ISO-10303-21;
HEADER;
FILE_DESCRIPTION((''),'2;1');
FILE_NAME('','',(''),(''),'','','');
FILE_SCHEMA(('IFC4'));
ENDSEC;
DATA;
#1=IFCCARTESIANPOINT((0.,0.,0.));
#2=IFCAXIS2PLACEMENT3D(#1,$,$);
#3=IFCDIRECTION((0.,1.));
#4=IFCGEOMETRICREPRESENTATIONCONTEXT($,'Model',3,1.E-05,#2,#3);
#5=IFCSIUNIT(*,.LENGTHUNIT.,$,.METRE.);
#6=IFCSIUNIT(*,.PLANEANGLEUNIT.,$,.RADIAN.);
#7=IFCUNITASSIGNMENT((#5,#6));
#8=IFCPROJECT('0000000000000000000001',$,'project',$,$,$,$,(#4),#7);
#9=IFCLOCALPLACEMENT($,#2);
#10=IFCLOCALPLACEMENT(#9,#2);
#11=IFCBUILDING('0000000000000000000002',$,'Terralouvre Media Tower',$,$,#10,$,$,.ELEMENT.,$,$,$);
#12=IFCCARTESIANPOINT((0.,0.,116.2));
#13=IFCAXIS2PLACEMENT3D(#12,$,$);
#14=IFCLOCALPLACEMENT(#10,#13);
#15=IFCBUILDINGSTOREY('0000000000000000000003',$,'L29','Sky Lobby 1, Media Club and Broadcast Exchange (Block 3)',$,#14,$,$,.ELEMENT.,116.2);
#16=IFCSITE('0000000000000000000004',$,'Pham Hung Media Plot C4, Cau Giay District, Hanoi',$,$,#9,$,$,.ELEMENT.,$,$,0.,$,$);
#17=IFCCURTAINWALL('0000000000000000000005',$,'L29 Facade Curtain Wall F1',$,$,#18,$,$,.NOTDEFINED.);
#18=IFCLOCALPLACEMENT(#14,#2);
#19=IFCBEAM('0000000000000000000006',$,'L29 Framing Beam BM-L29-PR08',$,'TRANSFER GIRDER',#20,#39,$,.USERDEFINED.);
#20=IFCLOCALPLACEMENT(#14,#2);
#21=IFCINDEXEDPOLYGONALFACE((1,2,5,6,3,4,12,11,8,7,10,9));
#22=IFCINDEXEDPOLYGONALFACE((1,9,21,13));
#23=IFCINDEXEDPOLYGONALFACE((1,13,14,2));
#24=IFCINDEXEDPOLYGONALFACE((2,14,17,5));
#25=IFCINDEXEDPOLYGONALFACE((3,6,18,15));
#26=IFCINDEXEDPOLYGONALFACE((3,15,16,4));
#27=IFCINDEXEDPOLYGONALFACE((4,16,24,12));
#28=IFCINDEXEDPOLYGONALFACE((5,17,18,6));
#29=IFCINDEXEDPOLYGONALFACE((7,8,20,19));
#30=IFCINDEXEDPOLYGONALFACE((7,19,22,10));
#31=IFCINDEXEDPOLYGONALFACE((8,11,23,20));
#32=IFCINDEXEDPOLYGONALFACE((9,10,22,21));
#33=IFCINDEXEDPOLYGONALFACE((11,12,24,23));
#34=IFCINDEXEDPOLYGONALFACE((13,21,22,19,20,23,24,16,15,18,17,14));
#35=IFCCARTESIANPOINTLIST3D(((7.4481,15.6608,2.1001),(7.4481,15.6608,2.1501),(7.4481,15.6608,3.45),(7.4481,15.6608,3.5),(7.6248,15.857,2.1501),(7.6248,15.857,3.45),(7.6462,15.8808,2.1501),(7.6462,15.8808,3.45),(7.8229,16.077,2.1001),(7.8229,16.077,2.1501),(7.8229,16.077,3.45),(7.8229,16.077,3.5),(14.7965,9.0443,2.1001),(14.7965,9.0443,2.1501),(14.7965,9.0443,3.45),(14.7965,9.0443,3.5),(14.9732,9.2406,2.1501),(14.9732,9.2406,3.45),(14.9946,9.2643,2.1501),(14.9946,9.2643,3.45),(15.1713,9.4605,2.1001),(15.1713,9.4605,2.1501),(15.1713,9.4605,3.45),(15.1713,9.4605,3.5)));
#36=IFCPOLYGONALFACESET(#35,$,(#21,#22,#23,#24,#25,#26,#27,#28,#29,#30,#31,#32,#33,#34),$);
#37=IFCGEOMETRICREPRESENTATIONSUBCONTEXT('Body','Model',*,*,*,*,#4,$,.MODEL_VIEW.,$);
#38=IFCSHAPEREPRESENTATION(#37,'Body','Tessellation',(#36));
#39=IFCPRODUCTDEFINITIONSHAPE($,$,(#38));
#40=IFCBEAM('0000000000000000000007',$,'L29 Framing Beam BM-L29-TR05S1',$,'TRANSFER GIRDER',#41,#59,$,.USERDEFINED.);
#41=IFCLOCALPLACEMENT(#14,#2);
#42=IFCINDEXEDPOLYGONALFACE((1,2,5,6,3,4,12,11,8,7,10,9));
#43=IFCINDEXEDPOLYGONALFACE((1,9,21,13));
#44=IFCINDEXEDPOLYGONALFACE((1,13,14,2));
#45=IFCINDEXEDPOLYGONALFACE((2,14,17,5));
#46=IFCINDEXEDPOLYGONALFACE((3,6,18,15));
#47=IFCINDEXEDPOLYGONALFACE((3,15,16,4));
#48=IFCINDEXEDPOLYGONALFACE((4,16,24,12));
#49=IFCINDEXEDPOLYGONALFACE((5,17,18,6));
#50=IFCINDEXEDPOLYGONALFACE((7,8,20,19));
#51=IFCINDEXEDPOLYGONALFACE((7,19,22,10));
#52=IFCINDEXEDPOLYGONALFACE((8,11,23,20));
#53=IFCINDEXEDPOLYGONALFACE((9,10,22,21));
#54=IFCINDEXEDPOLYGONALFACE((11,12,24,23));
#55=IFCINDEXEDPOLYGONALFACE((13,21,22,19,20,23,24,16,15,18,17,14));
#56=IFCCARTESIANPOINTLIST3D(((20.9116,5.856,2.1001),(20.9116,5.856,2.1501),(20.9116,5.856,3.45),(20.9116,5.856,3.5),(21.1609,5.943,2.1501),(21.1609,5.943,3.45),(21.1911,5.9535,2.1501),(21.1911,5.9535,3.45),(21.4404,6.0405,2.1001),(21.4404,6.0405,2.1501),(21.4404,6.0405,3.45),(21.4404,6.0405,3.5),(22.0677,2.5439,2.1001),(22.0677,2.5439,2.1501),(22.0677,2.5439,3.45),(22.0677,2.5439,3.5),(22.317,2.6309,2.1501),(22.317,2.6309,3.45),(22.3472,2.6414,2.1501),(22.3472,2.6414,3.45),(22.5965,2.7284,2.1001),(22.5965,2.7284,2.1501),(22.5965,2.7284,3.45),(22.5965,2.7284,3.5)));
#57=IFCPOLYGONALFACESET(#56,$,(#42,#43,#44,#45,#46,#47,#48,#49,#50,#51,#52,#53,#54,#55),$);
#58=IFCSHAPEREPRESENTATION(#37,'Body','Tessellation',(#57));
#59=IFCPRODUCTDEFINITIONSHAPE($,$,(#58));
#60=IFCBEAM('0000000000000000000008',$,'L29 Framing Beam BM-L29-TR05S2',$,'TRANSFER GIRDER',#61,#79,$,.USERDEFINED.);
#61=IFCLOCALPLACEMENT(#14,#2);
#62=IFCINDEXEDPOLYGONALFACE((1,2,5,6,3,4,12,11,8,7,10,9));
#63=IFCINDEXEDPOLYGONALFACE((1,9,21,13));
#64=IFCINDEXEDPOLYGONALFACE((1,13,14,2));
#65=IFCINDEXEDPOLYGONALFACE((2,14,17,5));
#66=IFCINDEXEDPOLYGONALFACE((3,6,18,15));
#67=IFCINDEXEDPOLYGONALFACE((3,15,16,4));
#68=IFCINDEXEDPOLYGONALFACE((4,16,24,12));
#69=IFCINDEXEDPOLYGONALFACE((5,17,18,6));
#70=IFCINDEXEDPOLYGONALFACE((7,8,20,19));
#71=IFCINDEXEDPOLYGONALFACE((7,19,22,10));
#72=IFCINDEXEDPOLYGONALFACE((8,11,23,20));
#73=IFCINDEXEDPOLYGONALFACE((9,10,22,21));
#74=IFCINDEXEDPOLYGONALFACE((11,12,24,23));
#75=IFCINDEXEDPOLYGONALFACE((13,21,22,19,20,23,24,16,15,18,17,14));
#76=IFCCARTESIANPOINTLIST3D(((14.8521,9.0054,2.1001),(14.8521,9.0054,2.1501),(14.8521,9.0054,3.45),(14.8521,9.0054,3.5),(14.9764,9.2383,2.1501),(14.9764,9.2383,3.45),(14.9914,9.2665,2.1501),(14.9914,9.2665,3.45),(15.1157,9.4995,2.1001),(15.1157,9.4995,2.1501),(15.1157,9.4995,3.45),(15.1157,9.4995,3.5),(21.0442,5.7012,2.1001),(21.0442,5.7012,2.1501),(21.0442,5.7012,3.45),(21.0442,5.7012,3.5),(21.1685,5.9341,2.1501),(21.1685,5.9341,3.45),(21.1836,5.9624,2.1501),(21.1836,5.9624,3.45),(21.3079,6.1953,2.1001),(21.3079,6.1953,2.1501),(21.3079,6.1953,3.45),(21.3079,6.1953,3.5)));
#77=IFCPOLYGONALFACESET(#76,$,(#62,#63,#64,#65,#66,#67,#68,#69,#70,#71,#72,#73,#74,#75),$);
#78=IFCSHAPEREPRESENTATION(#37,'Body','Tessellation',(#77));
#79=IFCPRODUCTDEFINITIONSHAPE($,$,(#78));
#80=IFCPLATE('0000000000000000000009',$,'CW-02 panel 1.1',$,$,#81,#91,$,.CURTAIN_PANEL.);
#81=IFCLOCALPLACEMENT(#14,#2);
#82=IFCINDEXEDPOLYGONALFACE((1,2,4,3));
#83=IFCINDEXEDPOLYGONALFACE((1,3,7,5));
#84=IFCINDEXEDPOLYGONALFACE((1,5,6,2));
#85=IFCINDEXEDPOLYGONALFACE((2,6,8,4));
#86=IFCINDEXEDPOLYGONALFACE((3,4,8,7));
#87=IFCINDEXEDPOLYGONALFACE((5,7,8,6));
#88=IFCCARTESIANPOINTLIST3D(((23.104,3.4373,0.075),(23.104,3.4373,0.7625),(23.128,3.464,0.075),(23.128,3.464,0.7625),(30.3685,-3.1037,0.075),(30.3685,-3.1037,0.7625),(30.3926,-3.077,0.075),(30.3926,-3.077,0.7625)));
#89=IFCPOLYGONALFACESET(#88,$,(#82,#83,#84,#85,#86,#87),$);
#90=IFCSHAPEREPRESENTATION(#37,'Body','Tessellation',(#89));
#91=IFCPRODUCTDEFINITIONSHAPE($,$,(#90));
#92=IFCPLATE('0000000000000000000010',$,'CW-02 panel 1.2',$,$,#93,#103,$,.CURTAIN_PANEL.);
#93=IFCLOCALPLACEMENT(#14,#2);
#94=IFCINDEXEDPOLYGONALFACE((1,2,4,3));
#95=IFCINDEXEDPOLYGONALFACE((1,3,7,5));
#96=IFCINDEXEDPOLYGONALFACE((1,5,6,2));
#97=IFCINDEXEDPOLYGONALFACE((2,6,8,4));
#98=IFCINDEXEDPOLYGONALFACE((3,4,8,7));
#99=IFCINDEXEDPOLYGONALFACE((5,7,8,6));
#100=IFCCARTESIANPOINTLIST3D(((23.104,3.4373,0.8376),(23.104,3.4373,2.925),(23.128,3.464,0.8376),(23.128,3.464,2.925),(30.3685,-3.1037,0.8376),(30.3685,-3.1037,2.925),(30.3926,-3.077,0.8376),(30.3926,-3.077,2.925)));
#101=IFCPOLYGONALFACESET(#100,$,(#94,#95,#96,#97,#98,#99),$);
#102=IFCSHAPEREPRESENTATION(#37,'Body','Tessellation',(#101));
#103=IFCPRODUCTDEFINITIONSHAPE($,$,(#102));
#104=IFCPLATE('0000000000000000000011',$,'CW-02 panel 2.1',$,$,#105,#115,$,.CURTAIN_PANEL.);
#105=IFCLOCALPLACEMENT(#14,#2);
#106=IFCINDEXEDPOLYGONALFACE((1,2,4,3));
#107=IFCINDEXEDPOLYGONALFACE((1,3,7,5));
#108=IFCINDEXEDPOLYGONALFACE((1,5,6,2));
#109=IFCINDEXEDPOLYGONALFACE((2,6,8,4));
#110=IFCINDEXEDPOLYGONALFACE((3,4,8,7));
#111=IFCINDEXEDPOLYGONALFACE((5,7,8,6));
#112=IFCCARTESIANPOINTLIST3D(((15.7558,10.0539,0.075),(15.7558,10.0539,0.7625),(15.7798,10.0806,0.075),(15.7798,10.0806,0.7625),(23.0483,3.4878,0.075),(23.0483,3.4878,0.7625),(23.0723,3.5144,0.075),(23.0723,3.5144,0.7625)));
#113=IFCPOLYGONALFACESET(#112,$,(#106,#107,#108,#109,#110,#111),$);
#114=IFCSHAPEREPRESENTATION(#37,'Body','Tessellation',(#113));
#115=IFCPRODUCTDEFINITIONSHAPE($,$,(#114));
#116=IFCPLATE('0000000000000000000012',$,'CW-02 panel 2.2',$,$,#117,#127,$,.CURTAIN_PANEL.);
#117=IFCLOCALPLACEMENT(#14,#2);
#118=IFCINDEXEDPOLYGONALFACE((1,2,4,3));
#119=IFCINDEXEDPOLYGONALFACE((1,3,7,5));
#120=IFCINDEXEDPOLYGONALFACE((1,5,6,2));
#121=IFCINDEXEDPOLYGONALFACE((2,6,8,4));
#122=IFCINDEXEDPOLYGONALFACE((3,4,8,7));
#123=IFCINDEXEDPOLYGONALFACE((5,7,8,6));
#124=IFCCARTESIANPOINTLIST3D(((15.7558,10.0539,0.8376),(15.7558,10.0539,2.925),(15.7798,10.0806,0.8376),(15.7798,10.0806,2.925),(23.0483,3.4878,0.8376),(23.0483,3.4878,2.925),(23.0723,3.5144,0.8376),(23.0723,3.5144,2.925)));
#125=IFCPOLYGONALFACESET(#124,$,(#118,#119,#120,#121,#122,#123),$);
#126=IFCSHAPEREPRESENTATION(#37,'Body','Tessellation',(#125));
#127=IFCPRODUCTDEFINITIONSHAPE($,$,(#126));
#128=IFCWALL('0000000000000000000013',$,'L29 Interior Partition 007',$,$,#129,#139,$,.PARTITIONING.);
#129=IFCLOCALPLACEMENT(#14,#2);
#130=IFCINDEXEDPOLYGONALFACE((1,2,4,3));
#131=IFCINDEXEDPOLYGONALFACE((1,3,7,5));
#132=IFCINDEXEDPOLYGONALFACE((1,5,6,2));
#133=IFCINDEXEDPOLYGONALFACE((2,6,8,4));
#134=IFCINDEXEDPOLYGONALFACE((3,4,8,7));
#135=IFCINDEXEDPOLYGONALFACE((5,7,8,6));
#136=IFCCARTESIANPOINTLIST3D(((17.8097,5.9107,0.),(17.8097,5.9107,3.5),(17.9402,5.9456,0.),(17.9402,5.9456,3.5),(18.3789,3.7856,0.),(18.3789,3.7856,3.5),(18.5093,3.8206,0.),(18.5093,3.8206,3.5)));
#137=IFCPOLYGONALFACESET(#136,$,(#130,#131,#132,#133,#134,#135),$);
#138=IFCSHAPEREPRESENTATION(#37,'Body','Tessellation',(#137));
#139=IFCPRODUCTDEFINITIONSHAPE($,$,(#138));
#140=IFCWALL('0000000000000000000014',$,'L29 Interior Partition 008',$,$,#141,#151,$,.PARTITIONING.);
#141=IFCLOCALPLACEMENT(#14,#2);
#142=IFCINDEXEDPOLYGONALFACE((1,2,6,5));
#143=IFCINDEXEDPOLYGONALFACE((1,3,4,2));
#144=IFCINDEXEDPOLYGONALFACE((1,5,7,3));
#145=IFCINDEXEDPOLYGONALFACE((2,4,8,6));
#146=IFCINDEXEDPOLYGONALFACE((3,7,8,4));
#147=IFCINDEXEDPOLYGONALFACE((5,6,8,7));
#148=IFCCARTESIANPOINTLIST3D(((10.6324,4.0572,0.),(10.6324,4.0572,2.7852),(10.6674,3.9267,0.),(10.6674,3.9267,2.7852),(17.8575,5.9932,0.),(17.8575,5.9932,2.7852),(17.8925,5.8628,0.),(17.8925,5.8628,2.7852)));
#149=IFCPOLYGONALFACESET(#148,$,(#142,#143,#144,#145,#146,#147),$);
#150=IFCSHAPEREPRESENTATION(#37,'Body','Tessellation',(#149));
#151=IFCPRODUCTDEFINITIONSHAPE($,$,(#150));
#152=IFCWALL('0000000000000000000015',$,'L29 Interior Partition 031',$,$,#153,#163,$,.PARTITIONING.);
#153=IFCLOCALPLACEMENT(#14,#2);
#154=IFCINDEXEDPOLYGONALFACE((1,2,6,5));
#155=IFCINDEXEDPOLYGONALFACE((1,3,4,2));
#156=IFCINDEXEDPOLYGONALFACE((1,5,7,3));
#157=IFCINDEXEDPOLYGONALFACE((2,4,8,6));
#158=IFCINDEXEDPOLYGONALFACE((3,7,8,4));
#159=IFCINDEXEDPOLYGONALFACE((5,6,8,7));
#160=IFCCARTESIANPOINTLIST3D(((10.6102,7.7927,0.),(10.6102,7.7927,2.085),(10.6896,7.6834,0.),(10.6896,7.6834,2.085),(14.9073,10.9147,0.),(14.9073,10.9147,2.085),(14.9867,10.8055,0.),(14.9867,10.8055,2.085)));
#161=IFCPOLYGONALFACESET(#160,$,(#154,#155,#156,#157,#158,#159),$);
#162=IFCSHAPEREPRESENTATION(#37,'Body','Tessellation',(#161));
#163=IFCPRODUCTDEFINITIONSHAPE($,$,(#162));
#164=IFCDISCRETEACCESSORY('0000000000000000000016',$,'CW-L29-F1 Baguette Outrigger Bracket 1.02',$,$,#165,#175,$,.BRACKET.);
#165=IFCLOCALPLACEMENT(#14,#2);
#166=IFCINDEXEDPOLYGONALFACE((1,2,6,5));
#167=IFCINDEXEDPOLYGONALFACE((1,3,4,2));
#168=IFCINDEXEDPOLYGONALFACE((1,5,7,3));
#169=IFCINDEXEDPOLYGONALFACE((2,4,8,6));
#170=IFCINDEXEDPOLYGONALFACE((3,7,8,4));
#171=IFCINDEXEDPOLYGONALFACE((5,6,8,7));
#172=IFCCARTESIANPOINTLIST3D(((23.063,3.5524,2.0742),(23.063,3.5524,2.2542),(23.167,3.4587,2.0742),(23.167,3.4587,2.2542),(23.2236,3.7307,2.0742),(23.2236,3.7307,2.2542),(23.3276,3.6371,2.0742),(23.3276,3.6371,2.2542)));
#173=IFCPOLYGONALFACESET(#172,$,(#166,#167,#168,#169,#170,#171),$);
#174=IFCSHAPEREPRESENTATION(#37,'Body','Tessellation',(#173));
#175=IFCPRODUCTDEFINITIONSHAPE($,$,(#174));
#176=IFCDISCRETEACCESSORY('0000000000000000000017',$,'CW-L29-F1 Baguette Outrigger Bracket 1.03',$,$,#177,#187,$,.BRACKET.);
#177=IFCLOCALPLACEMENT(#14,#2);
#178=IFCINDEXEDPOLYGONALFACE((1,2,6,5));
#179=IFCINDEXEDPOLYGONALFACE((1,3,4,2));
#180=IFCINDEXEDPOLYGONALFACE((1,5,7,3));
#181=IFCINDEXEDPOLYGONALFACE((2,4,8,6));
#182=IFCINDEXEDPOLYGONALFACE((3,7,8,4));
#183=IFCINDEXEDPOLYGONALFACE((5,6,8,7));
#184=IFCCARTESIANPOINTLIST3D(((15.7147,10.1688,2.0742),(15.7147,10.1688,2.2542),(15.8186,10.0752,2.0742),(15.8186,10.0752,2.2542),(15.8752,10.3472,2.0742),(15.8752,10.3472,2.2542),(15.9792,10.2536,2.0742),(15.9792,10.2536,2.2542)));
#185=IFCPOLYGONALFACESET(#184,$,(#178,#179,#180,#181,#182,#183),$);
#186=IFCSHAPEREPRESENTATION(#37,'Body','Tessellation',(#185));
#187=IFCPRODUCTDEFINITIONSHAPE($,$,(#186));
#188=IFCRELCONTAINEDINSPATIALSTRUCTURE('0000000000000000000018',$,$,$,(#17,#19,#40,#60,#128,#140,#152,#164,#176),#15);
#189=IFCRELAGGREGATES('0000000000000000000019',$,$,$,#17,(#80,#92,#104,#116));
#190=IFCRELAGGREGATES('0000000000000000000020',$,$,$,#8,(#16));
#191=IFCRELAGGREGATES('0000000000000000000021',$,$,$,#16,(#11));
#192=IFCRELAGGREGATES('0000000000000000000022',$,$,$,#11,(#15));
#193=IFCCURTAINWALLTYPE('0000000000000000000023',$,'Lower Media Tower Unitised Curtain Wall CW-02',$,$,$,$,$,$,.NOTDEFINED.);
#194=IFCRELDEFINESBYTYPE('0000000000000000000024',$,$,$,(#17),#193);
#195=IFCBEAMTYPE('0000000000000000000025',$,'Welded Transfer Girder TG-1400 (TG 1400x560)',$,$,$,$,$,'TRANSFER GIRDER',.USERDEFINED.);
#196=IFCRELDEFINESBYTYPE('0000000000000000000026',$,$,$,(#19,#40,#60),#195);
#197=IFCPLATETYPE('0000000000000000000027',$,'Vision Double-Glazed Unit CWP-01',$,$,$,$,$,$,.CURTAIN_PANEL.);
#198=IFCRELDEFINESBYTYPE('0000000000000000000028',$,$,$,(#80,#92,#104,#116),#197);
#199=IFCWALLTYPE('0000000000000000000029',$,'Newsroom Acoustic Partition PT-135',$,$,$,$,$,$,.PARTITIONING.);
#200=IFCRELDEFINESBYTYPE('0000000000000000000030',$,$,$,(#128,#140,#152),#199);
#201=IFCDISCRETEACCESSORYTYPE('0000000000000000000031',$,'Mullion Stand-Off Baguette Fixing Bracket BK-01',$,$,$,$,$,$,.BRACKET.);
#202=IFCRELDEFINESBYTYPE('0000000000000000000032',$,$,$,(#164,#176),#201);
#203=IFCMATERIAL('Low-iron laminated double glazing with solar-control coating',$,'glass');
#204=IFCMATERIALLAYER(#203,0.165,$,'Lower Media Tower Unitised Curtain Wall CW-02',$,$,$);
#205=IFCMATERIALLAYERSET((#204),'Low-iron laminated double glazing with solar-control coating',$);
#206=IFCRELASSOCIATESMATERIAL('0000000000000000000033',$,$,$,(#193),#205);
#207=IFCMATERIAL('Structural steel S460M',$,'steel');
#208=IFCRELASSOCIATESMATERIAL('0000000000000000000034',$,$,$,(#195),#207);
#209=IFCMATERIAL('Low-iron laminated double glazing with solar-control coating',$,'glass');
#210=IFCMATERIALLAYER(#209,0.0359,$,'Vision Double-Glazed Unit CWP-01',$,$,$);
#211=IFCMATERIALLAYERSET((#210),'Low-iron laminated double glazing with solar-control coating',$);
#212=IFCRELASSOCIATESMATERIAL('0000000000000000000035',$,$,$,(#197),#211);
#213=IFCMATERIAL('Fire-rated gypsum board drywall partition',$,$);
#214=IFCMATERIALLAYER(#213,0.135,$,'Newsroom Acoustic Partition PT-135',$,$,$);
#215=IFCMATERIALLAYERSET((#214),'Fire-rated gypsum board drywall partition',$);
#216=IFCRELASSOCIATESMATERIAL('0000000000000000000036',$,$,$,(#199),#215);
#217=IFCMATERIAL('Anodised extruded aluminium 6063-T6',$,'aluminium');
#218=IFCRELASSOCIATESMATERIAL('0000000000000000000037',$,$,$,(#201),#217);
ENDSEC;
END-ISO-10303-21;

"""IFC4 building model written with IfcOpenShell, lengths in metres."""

from ifc_helpers import new_model, si_unit, direction, frame, frame_2d, origin, origin_2d, place, context, subcontext, project, spatial, rectangle, i_section, extrude, material, layer, layer_set, material_profile, profile_set, type_object, element, aggregate, save


model = new_model("IFC4")

# Units and contexts
model_context = context("Model", 3, precision=1e-05, world=origin(), true_north=direction((0.0, 1.0)))
body_context = subcontext(model_context, "Body", "Model", "MODEL_VIEW")
ifc_project = project(units=[si_unit("LENGTHUNIT", "METRE"), si_unit("PLANEANGLEUNIT", "RADIAN")], contexts=[model_context])

# Site, building, storey
site_placement = place(None, origin())
site = spatial("IfcSite", under=ifc_project, at=site_placement, Name="Pham Hung Media Plot C4, Cau Giay District, Hanoi", CompositionType="ELEMENT", RefElevation=0.0)
building_placement = place(site_placement, origin())
building = spatial("IfcBuilding", under=site, at=building_placement, Name="Terralouvre Media Tower", CompositionType="ELEMENT")
storey_placement = place(building_placement, frame((0.0, 0.0, 116.2)))
storey = spatial("IfcBuildingStorey", under=building, at=storey_placement, Name="L29", Description="Sky Lobby 1, Media Club and Broadcast Exchange (Block 3)", CompositionType="ELEMENT", Elevation=116.2)

# Curtain wall
ifc_material_1 = material(Name="Low-iron laminated double glazing with solar-control coating", Category="glass")
ifc_layer_1 = layer(ifc_material_1, 0.165, Name="Lower Media Tower Unitised Curtain Wall CW-02")
ifc_layer_set_1 = layer_set([ifc_layer_1], Name="Low-iron laminated double glazing with solar-control coating")
curtain_wall_type = type_object("IfcCurtainWallType", Name="Lower Media Tower Unitised Curtain Wall CW-02", PredefinedType="NOTDEFINED", material=ifc_layer_set_1)
curtain_wall_placement = place(storey_placement, origin())
curtain_wall = element("IfcCurtainWall", 1, at=curtain_wall_placement, inside=storey, type_object=curtain_wall_type, Name="L29 Facade Curtain Wall F1", PredefinedType="NOTDEFINED")

# Beams
ifc_material_2 = material(Name="Structural steel S460M", Category="steel")
ifc_material_profile_1 = material_profile(ifc_material_2, i_section(OverallWidth=0.5601, OverallDepth=1.3999, WebThickness=0.032, FlangeThickness=0.05, at=origin_2d()), Name="TG 1400x560")
ifc_profile_set_1 = profile_set([ifc_material_profile_1], Name="Structural steel S460M")
beam_type_1 = type_object("IfcBeamType", Name="Welded Transfer Girder TG-1400 (TG 1400x560)", ElementType="TRANSFER GIRDER", PredefinedType="USERDEFINED", material=ifc_profile_set_1)
beam_1_placement = place(storey_placement, frame((14.9839, 9.2524, 2.8), z_axis=(-0.743148, 0.669127, 0.0), x_axis=(-0.669127, -0.743148, 0.0)))
element("IfcBeam", 2, at=beam_1_placement, inside=storey, type_object=beam_type_1, Name="L29 Framing Beam BM-L29-PR08", ObjectType="TRANSFER GIRDER", PredefinedType="USERDEFINED", context=body_context, shape_type="SweptSolid", body=[
    extrude(i_section(OverallWidth=0.5601, OverallDepth=1.3999, WebThickness=0.032, FlangeThickness=0.05, at=origin_2d()), origin(), (0.0, 0.0, 1.0), 9.8882),
])
beam_2_placement = place(storey_placement, frame((21.176, 5.9482, 2.8), z_axis=(0.329538, -0.944142, 0.0), x_axis=(0.944142, 0.329538, 0.0)))
element("IfcBeam", 3, at=beam_2_placement, inside=storey, type_object=beam_type_1, Name="L29 Framing Beam BM-L29-TR05S1", ObjectType="TRANSFER GIRDER", PredefinedType="USERDEFINED", context=body_context, shape_type="SweptSolid", body=[
    extrude(i_section(OverallWidth=0.5601, OverallDepth=1.3999, WebThickness=0.032, FlangeThickness=0.05, at=origin_2d()), origin(), (0.0, 0.0, 1.0), 3.5081),
])
beam_3_placement = place(storey_placement, frame((21.176, 5.9482, 2.8), z_axis=(-0.882251, 0.47078, 0.0), x_axis=(-0.47078, -0.882251, 0.0)))
element("IfcBeam", 4, at=beam_3_placement, inside=storey, type_object=beam_type_1, Name="L29 Framing Beam BM-L29-TR05S2", ObjectType="TRANSFER GIRDER", PredefinedType="USERDEFINED", context=body_context, shape_type="SweptSolid", body=[
    extrude(i_section(OverallWidth=0.5601, OverallDepth=1.3999, WebThickness=0.032, FlangeThickness=0.05, at=origin_2d()), origin(), (0.0, 0.0, 1.0), 7.0186),
])

# Plates
ifc_material_3 = material(Name="Low-iron laminated double glazing with solar-control coating", Category="glass")
ifc_layer_2 = layer(ifc_material_3, 0.0359, Name="Vision Double-Glazed Unit CWP-01")
ifc_layer_set_2 = layer_set([ifc_layer_2], Name="Low-iron laminated double glazing with solar-control coating")
plate_type = type_object("IfcPlateType", Name="Vision Double-Glazed Unit CWP-01", PredefinedType="CURTAIN_PANEL", material=ifc_layer_set_2)
plate_1_placement = place(storey_placement, frame((26.7483, 0.1802, 0.075), z_axis=(0.0, 0.0, 1.0), x_axis=(-0.743145, 0.669131, 0.0)))
plate_1 = element("IfcPlate", 5, at=plate_1_placement, type_object=plate_type, Name="CW-02 panel 1.1", PredefinedType="CURTAIN_PANEL", context=body_context, shape_type="SweptSolid", body=[
    extrude(rectangle(XDim=9.7754, YDim=0.0359, at=origin_2d()), origin(), (0.0, 0.0, 1.0), 0.6875),
])
plate_2_placement = place(storey_placement, frame((26.7483, 0.1802, 0.8376), z_axis=(0.0, 0.0, 1.0), x_axis=(-0.743145, 0.669131, 0.0)))
plate_2 = element("IfcPlate", 6, at=plate_2_placement, type_object=plate_type, Name="CW-02 panel 1.2", PredefinedType="CURTAIN_PANEL", context=body_context, shape_type="SweptSolid", body=[
    extrude(rectangle(XDim=9.7754, YDim=0.0359, at=origin_2d()), origin(), (0.0, 0.0, 1.0), 2.0874),
])
plate_3_placement = place(storey_placement, frame((19.4141, 6.7842, 0.075), z_axis=(0.0, 0.0, 1.0), x_axis=(-0.743145, 0.669131, 0.0)))
plate_3 = element("IfcPlate", 7, at=plate_3_placement, type_object=plate_type, Name="CW-02 panel 2.1", PredefinedType="CURTAIN_PANEL", context=body_context, shape_type="SweptSolid", body=[
    extrude(rectangle(XDim=9.813, YDim=0.0359, at=origin_2d()), origin(), (0.0, 0.0, 1.0), 0.6875),
])
plate_4_placement = place(storey_placement, frame((19.4141, 6.7842, 0.8376), z_axis=(0.0, 0.0, 1.0), x_axis=(-0.743145, 0.669131, 0.0)))
plate_4 = element("IfcPlate", 8, at=plate_4_placement, type_object=plate_type, Name="CW-02 panel 2.2", PredefinedType="CURTAIN_PANEL", context=body_context, shape_type="SweptSolid", body=[
    extrude(rectangle(XDim=9.813, YDim=0.0359, at=origin_2d()), origin(), (0.0, 0.0, 1.0), 2.0874),
])
aggregate(curtain_wall, [plate_1, plate_2, plate_3, plate_4])

# Walls
ifc_material_4 = material(Name="Fire-rated gypsum board drywall partition")
ifc_layer_3 = layer(ifc_material_4, 0.135, Name="Newsroom Acoustic Partition PT-135")
ifc_layer_set_3 = layer_set([ifc_layer_3], Name="Fire-rated gypsum board drywall partition")
wall_type = type_object("IfcWallType", Name="Newsroom Acoustic Partition PT-135", PredefinedType="PARTITIONING", material=ifc_layer_set_3)
wall_1_placement = place(storey_placement, frame((18.4441, 3.803, 0.0), z_axis=(0.0, 0.0, 1.0), x_axis=(-0.258692, 0.96596, 0.0)))
element("IfcWall", 9, at=wall_1_placement, inside=storey, type_object=wall_type, Name="L29 Interior Partition 007", PredefinedType="PARTITIONING", context=body_context, shape_type="SweptSolid", body=[
    extrude(rectangle(XDim=2.2, YDim=0.135, at=frame_2d((1.1001, 0.0))), origin(), (0.0, 0.0, 1.0), 3.5),
])
wall_2_placement = place(storey_placement, frame((17.875, 5.928, 0.0), z_axis=(0.0, 0.0, 1.0), x_axis=(-0.965923, -0.258829, 0.0)))
element("IfcWall", 10, at=wall_2_placement, inside=storey, type_object=wall_type, Name="L29 Interior Partition 008", PredefinedType="PARTITIONING", context=body_context, shape_type="SweptSolid", body=[
    extrude(rectangle(XDim=7.48, YDim=0.135, at=frame_2d((3.74, 0.0))), origin(), (0.0, 0.0, 1.0), 2.7852),
])
wall_3_placement = place(storey_placement, frame((14.947, 10.8601, 0.0), z_axis=(0.0, 0.0, 1.0), x_axis=(-0.809014, -0.587789, 0.0)))
element("IfcWall", 11, at=wall_3_placement, inside=storey, type_object=wall_type, Name="L29 Interior Partition 031", PredefinedType="PARTITIONING", context=body_context, shape_type="SweptSolid", body=[
    extrude(rectangle(XDim=5.3115, YDim=0.135, at=frame_2d((2.6558, 0.0))), origin(), (0.0, 0.0, 1.0), 2.085),
])

# Discrete accessories
ifc_material_5 = material(Name="Anodised extruded aluminium 6063-T6", Category="aluminium")
discrete_accessory_type = type_object("IfcDiscreteAccessoryType", Name="Mullion Stand-Off Baguette Fixing Bracket BK-01", PredefinedType="BRACKET", material=ifc_material_5)
for number, where, z_axis, x_axis, name in (
    (12, (23.1953, 3.5947, 2.0742), (0.0, 0.0, 1.0), (-0.743145, 0.669131, 0.0), "CW-L29-F1 Baguette Outrigger Bracket 1.02"),
    (13, (15.8469, 10.2112, 2.0742), (0.0, 0.0, 1.0), (-0.743145, 0.669131, 0.0), "CW-L29-F1 Baguette Outrigger Bracket 1.03"),
):
    element("IfcDiscreteAccessory", number, at=place(storey_placement, frame(where, z_axis=z_axis, x_axis=x_axis)), inside=storey, type_object=discrete_accessory_type, Name=name, PredefinedType="BRACKET", context=body_context, shape_type="SweptSolid", body=[
        extrude(rectangle(XDim=0.1399, YDim=0.24, at=origin_2d()), origin(), (0.0, 0.0, 1.0), 0.1799),
    ])

save(model, "model.ifc")
